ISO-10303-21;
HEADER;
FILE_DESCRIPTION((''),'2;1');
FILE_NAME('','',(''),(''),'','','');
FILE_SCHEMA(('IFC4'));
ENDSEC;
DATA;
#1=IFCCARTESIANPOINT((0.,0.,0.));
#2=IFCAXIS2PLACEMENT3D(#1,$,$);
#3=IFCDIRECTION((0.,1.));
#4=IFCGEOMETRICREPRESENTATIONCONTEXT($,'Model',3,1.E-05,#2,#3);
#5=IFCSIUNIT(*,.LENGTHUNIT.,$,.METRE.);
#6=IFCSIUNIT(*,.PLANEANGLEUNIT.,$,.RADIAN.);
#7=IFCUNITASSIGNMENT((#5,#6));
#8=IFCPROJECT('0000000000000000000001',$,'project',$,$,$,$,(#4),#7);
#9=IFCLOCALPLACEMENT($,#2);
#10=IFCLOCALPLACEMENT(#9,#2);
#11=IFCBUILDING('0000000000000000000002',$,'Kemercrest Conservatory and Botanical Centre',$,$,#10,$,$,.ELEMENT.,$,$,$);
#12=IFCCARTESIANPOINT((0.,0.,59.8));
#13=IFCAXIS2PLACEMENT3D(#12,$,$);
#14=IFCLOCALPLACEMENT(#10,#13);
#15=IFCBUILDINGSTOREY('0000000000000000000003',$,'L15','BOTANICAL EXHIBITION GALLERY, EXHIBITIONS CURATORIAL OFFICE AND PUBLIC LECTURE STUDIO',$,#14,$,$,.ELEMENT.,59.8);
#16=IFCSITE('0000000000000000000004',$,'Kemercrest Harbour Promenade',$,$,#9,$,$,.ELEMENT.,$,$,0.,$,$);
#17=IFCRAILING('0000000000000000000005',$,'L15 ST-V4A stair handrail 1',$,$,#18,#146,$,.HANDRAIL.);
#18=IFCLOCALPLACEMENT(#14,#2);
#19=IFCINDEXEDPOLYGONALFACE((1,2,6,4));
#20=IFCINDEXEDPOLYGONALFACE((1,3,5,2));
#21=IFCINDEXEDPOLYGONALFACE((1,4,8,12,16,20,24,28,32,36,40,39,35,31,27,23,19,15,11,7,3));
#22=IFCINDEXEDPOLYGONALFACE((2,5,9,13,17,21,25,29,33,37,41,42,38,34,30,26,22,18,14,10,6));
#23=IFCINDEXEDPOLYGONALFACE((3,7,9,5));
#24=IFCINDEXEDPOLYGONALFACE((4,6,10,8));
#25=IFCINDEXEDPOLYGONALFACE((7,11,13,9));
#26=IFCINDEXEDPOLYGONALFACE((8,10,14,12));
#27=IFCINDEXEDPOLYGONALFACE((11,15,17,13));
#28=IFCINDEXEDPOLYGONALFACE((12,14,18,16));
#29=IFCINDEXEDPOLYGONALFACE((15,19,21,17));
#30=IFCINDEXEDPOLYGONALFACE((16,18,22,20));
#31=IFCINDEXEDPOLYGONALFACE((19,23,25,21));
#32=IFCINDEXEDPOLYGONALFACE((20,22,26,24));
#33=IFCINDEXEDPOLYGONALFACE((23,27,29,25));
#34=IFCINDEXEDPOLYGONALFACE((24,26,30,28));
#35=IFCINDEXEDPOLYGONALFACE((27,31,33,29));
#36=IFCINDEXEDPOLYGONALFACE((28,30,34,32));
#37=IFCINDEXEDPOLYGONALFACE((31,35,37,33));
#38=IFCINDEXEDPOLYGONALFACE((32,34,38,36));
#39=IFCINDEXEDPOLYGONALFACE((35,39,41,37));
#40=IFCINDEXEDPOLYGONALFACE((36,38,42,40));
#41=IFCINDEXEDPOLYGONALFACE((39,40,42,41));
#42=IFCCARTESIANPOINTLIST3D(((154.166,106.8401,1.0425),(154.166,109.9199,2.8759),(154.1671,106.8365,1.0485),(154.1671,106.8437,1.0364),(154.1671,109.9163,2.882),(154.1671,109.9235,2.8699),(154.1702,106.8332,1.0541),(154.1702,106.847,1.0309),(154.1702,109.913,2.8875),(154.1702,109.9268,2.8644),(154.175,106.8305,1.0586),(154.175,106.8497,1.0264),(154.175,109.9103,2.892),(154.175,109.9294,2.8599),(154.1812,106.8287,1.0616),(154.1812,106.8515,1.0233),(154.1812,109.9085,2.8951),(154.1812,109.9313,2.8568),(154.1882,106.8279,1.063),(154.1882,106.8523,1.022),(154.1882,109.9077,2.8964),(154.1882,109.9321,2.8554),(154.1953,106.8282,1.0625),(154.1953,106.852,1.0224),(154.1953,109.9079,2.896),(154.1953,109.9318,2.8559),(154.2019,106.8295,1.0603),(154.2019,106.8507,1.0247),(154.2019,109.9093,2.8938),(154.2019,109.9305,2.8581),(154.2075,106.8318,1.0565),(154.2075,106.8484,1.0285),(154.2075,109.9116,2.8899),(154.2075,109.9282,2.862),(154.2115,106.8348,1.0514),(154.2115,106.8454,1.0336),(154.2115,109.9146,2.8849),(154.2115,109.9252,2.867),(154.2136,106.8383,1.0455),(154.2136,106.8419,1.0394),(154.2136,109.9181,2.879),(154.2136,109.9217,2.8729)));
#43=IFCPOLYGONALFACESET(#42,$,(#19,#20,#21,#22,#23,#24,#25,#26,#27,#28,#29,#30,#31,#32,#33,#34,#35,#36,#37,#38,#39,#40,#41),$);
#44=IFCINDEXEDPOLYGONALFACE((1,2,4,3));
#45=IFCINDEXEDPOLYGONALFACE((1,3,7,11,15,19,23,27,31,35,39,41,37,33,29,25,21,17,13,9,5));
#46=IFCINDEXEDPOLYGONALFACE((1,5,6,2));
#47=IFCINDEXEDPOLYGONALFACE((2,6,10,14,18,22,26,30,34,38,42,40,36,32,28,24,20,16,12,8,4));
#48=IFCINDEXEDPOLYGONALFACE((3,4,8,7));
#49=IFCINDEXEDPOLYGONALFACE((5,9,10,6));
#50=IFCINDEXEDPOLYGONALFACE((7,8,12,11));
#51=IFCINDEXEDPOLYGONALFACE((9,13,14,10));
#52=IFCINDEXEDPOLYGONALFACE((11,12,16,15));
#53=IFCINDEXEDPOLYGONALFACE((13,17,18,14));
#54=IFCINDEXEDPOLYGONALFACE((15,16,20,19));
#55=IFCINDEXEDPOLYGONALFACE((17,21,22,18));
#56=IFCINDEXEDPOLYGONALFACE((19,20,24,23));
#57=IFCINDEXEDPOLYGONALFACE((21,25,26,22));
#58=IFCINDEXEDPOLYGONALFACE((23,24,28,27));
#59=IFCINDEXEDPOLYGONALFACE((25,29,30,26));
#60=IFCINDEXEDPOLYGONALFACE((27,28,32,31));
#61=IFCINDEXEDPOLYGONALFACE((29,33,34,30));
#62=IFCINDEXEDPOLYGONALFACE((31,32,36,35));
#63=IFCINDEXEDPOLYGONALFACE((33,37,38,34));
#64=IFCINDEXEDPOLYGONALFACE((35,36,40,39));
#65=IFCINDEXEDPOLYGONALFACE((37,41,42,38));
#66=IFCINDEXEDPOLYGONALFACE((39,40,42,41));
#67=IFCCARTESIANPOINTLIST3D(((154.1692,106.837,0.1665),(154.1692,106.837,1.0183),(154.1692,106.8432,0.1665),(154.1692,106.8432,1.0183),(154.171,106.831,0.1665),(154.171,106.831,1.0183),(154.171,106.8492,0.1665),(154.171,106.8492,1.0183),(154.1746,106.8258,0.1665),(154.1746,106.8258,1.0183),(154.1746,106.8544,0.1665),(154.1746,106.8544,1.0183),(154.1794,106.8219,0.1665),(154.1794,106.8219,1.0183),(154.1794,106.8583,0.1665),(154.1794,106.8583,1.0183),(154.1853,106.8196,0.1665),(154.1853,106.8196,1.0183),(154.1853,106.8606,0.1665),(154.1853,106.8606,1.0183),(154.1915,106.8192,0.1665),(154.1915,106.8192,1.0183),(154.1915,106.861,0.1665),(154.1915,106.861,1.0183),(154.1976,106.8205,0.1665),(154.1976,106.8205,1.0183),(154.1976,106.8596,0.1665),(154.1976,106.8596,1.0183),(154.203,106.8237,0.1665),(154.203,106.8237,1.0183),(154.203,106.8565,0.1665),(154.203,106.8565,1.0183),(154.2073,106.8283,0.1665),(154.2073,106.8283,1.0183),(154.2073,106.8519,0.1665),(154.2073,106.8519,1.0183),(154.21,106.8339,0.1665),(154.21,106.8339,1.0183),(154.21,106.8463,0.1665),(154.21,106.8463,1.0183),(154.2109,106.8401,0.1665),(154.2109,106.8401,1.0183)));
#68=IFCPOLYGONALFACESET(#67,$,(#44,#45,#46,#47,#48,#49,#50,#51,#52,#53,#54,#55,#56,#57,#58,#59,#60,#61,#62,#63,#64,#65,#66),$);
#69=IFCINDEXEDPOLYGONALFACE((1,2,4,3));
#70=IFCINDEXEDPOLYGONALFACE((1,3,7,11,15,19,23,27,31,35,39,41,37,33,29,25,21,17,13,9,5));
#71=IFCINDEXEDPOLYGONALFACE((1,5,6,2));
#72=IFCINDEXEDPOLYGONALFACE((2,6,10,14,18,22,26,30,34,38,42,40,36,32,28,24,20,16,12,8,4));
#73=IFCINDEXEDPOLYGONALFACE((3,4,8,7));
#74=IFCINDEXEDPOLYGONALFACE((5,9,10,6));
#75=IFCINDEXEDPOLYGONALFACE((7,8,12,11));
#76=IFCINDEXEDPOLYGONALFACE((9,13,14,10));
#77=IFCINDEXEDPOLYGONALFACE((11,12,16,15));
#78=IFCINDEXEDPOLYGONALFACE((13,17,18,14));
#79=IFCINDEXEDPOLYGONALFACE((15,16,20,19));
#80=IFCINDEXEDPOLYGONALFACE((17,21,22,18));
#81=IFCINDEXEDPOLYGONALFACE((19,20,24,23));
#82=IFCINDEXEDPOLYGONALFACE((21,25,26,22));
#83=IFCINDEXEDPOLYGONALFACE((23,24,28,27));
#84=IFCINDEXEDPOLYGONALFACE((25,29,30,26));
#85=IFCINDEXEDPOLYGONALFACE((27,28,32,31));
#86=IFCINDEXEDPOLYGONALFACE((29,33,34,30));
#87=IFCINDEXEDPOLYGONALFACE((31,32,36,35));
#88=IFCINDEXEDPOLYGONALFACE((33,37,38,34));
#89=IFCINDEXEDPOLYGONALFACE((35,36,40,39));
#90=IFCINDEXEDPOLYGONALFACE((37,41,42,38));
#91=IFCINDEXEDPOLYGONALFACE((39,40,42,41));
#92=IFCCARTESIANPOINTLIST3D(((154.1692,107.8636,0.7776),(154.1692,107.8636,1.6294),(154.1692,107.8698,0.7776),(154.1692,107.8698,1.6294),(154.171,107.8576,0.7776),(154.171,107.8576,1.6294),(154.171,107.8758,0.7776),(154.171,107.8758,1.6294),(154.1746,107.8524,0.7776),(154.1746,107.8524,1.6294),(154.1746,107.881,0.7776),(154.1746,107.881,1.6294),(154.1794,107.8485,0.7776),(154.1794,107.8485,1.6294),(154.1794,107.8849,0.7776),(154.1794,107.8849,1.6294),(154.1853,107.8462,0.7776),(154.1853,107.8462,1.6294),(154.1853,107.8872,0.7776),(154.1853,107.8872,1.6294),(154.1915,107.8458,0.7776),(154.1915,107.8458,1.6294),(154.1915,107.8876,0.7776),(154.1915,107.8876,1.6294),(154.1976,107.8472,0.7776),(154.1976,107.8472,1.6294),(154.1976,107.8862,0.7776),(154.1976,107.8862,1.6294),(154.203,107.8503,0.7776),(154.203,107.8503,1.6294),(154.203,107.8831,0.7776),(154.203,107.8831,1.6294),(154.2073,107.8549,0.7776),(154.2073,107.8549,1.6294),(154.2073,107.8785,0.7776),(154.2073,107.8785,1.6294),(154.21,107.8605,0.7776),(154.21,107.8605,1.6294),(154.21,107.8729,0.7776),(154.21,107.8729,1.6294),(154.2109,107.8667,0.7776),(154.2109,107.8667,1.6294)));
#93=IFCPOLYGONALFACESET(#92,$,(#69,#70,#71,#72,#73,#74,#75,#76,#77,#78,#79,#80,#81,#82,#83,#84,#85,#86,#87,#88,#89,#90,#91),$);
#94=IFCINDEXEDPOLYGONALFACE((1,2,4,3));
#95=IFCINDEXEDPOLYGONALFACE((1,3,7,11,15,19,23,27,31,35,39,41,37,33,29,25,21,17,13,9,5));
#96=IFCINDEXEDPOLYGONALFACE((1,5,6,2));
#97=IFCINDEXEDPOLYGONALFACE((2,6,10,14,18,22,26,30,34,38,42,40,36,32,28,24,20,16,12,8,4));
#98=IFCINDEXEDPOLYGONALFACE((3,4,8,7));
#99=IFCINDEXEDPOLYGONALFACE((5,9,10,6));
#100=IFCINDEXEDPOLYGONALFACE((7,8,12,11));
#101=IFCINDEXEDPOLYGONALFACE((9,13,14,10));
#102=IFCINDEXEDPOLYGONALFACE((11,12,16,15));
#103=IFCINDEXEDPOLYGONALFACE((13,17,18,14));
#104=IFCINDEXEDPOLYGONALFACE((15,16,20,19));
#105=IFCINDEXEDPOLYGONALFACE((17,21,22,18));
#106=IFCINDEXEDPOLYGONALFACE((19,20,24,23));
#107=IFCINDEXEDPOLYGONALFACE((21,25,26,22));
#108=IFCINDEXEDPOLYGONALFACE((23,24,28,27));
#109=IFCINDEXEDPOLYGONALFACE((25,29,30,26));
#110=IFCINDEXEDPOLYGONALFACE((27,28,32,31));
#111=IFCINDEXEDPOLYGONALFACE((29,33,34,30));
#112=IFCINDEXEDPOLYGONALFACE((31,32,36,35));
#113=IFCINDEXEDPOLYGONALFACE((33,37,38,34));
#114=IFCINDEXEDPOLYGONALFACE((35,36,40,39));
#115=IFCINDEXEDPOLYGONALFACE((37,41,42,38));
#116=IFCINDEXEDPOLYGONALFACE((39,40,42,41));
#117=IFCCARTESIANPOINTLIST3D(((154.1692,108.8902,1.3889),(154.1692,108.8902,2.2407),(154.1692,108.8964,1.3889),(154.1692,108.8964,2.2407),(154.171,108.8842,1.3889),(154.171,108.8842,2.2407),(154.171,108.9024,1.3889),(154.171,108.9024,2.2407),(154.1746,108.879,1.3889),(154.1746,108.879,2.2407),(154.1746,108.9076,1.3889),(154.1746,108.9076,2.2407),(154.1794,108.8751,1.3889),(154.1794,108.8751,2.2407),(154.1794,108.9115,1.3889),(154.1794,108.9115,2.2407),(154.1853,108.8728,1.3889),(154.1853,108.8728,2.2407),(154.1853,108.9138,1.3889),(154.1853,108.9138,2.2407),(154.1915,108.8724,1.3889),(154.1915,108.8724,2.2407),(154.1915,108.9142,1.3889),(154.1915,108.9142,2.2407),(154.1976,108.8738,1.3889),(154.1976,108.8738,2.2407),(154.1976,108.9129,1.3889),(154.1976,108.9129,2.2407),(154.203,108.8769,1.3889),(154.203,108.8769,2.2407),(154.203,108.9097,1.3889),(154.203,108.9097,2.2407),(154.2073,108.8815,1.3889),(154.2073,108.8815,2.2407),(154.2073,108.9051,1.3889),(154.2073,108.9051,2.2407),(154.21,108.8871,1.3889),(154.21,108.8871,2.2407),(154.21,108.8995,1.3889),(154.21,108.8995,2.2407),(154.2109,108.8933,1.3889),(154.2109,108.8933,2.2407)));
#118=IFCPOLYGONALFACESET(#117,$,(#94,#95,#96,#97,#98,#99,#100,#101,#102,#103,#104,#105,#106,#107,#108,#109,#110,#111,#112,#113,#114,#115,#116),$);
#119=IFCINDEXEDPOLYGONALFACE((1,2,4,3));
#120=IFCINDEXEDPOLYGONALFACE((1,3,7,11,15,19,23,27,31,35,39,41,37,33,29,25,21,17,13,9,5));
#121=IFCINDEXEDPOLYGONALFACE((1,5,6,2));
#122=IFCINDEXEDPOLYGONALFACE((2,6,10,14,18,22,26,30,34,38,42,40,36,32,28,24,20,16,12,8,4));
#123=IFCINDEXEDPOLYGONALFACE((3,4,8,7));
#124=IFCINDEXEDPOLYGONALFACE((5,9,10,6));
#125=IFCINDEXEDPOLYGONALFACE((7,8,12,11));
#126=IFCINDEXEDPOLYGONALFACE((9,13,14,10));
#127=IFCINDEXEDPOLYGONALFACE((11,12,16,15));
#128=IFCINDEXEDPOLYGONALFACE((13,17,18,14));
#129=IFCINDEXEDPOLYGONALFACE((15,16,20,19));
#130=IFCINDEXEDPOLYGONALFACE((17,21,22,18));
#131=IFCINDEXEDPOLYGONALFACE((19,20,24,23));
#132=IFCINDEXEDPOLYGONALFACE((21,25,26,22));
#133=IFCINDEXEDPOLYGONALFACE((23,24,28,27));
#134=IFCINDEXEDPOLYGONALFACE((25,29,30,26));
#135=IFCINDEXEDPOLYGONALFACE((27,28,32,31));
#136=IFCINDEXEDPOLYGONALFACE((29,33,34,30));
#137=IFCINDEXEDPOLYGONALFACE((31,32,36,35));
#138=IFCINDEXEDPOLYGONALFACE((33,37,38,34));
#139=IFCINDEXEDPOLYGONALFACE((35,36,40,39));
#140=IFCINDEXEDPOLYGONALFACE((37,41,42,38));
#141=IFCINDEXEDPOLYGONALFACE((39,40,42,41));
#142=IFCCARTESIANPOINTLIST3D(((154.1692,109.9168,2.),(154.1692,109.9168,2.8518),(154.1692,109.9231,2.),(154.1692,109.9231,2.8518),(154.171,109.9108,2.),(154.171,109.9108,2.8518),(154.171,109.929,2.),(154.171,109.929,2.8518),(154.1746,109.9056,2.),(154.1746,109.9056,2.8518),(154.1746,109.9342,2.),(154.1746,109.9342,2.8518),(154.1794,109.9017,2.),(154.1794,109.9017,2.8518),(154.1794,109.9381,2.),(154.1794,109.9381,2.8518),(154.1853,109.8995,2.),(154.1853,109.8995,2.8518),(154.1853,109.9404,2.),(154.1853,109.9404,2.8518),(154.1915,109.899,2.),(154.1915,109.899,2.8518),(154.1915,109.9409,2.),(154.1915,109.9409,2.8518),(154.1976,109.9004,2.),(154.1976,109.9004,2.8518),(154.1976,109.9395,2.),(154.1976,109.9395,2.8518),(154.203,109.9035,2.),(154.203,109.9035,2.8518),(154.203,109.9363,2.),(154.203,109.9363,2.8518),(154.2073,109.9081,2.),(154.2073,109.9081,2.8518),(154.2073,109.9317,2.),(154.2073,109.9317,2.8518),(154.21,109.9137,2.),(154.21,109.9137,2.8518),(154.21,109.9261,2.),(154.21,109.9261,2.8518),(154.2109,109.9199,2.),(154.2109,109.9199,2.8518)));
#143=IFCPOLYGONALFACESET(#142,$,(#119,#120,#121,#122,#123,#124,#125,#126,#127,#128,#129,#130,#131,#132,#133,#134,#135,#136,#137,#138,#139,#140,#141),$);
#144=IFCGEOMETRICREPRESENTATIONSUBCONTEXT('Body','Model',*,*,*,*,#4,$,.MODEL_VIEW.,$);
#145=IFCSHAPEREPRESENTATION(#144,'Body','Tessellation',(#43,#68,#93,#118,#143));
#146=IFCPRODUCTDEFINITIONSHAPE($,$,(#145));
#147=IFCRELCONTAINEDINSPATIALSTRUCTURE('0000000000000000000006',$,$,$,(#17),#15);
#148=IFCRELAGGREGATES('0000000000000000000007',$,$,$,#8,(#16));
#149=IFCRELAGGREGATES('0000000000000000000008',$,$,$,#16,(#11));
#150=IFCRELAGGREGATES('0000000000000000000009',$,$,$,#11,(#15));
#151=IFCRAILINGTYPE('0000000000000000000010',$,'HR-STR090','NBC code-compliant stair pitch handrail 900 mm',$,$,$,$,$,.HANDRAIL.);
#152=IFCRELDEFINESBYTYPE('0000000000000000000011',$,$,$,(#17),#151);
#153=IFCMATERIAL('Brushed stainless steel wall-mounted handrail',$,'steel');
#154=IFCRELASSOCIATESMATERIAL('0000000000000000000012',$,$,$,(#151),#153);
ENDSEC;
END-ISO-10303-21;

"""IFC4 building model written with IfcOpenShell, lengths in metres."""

from ifc_helpers import new_model, si_unit, direction, frame, origin, origin_2d, place, context, subcontext, project, spatial, circle, extrude, material, type_object, element, save


model = new_model("IFC4")

# Units and contexts
model_context = context("Model", 3, precision=1e-05, world=origin(), true_north=direction((0.0, 1.0)))
body_context = subcontext(model_context, "Body", "Model", "MODEL_VIEW")
ifc_project = project(units=[si_unit("LENGTHUNIT", "METRE"), si_unit("PLANEANGLEUNIT", "RADIAN")], contexts=[model_context])

# Site, building, storey
site_placement = place(None, origin())
site = spatial("IfcSite", under=ifc_project, at=site_placement, Name="Kemercrest Harbour Promenade", CompositionType="ELEMENT", RefElevation=0.0)
building_placement = place(site_placement, origin())
building = spatial("IfcBuilding", under=site, at=building_placement, Name="Kemercrest Conservatory and Botanical Centre", CompositionType="ELEMENT")
storey_placement = place(building_placement, frame((0.0, 0.0, 59.8)))
storey = spatial("IfcBuildingStorey", under=building, at=storey_placement, Name="L15", Description="BOTANICAL EXHIBITION GALLERY, EXHIBITIONS CURATORIAL OFFICE AND PUBLIC LECTURE STUDIO", CompositionType="ELEMENT", Elevation=59.8)

# Railing
ifc_material_1 = material(Name="Brushed stainless steel wall-mounted handrail", Category="steel")
railing_type_1 = type_object("IfcRailingType", Name="HR-STR090", Description="NBC code-compliant stair pitch handrail 900 mm", PredefinedType="HANDRAIL", material=ifc_material_1)
railing_1_placement = place(storey_placement, frame((154.1899, 106.8401, 0.1665)))
element("IfcRailing", 1, at=railing_1_placement, inside=storey, type_object=railing_type_1, Name="L15 ST-V4A stair handrail 1", PredefinedType="HANDRAIL", context=body_context, shape_type="SweptSolid", body=[
    extrude(circle(Radius=0.0239, at=origin_2d()), frame((0.0, 0.0, 0.876), z_axis=(0.0, 0.859261, 0.511538), x_axis=(-1.0, 0.0, 0.0)), (0.0, 0.0, 1.0), 3.5842),
    extrude(circle(Radius=0.021, at=origin_2d()), origin(), (0.0, 0.0, 1.0), 0.8518),
    extrude(circle(Radius=0.021, at=origin_2d()), frame((0.0, 1.0266, 0.6111)), (0.0, 0.0, 1.0), 0.8518),
    extrude(circle(Radius=0.021, at=origin_2d()), frame((0.0, 2.0532, 1.2224)), (0.0, 0.0, 1.0), 0.8518),
    extrude(circle(Radius=0.021, at=origin_2d()), frame((0.0, 3.0798, 1.8335)), (0.0, 0.0, 1.0), 0.8518),
])

save(model, "model.ifc")
